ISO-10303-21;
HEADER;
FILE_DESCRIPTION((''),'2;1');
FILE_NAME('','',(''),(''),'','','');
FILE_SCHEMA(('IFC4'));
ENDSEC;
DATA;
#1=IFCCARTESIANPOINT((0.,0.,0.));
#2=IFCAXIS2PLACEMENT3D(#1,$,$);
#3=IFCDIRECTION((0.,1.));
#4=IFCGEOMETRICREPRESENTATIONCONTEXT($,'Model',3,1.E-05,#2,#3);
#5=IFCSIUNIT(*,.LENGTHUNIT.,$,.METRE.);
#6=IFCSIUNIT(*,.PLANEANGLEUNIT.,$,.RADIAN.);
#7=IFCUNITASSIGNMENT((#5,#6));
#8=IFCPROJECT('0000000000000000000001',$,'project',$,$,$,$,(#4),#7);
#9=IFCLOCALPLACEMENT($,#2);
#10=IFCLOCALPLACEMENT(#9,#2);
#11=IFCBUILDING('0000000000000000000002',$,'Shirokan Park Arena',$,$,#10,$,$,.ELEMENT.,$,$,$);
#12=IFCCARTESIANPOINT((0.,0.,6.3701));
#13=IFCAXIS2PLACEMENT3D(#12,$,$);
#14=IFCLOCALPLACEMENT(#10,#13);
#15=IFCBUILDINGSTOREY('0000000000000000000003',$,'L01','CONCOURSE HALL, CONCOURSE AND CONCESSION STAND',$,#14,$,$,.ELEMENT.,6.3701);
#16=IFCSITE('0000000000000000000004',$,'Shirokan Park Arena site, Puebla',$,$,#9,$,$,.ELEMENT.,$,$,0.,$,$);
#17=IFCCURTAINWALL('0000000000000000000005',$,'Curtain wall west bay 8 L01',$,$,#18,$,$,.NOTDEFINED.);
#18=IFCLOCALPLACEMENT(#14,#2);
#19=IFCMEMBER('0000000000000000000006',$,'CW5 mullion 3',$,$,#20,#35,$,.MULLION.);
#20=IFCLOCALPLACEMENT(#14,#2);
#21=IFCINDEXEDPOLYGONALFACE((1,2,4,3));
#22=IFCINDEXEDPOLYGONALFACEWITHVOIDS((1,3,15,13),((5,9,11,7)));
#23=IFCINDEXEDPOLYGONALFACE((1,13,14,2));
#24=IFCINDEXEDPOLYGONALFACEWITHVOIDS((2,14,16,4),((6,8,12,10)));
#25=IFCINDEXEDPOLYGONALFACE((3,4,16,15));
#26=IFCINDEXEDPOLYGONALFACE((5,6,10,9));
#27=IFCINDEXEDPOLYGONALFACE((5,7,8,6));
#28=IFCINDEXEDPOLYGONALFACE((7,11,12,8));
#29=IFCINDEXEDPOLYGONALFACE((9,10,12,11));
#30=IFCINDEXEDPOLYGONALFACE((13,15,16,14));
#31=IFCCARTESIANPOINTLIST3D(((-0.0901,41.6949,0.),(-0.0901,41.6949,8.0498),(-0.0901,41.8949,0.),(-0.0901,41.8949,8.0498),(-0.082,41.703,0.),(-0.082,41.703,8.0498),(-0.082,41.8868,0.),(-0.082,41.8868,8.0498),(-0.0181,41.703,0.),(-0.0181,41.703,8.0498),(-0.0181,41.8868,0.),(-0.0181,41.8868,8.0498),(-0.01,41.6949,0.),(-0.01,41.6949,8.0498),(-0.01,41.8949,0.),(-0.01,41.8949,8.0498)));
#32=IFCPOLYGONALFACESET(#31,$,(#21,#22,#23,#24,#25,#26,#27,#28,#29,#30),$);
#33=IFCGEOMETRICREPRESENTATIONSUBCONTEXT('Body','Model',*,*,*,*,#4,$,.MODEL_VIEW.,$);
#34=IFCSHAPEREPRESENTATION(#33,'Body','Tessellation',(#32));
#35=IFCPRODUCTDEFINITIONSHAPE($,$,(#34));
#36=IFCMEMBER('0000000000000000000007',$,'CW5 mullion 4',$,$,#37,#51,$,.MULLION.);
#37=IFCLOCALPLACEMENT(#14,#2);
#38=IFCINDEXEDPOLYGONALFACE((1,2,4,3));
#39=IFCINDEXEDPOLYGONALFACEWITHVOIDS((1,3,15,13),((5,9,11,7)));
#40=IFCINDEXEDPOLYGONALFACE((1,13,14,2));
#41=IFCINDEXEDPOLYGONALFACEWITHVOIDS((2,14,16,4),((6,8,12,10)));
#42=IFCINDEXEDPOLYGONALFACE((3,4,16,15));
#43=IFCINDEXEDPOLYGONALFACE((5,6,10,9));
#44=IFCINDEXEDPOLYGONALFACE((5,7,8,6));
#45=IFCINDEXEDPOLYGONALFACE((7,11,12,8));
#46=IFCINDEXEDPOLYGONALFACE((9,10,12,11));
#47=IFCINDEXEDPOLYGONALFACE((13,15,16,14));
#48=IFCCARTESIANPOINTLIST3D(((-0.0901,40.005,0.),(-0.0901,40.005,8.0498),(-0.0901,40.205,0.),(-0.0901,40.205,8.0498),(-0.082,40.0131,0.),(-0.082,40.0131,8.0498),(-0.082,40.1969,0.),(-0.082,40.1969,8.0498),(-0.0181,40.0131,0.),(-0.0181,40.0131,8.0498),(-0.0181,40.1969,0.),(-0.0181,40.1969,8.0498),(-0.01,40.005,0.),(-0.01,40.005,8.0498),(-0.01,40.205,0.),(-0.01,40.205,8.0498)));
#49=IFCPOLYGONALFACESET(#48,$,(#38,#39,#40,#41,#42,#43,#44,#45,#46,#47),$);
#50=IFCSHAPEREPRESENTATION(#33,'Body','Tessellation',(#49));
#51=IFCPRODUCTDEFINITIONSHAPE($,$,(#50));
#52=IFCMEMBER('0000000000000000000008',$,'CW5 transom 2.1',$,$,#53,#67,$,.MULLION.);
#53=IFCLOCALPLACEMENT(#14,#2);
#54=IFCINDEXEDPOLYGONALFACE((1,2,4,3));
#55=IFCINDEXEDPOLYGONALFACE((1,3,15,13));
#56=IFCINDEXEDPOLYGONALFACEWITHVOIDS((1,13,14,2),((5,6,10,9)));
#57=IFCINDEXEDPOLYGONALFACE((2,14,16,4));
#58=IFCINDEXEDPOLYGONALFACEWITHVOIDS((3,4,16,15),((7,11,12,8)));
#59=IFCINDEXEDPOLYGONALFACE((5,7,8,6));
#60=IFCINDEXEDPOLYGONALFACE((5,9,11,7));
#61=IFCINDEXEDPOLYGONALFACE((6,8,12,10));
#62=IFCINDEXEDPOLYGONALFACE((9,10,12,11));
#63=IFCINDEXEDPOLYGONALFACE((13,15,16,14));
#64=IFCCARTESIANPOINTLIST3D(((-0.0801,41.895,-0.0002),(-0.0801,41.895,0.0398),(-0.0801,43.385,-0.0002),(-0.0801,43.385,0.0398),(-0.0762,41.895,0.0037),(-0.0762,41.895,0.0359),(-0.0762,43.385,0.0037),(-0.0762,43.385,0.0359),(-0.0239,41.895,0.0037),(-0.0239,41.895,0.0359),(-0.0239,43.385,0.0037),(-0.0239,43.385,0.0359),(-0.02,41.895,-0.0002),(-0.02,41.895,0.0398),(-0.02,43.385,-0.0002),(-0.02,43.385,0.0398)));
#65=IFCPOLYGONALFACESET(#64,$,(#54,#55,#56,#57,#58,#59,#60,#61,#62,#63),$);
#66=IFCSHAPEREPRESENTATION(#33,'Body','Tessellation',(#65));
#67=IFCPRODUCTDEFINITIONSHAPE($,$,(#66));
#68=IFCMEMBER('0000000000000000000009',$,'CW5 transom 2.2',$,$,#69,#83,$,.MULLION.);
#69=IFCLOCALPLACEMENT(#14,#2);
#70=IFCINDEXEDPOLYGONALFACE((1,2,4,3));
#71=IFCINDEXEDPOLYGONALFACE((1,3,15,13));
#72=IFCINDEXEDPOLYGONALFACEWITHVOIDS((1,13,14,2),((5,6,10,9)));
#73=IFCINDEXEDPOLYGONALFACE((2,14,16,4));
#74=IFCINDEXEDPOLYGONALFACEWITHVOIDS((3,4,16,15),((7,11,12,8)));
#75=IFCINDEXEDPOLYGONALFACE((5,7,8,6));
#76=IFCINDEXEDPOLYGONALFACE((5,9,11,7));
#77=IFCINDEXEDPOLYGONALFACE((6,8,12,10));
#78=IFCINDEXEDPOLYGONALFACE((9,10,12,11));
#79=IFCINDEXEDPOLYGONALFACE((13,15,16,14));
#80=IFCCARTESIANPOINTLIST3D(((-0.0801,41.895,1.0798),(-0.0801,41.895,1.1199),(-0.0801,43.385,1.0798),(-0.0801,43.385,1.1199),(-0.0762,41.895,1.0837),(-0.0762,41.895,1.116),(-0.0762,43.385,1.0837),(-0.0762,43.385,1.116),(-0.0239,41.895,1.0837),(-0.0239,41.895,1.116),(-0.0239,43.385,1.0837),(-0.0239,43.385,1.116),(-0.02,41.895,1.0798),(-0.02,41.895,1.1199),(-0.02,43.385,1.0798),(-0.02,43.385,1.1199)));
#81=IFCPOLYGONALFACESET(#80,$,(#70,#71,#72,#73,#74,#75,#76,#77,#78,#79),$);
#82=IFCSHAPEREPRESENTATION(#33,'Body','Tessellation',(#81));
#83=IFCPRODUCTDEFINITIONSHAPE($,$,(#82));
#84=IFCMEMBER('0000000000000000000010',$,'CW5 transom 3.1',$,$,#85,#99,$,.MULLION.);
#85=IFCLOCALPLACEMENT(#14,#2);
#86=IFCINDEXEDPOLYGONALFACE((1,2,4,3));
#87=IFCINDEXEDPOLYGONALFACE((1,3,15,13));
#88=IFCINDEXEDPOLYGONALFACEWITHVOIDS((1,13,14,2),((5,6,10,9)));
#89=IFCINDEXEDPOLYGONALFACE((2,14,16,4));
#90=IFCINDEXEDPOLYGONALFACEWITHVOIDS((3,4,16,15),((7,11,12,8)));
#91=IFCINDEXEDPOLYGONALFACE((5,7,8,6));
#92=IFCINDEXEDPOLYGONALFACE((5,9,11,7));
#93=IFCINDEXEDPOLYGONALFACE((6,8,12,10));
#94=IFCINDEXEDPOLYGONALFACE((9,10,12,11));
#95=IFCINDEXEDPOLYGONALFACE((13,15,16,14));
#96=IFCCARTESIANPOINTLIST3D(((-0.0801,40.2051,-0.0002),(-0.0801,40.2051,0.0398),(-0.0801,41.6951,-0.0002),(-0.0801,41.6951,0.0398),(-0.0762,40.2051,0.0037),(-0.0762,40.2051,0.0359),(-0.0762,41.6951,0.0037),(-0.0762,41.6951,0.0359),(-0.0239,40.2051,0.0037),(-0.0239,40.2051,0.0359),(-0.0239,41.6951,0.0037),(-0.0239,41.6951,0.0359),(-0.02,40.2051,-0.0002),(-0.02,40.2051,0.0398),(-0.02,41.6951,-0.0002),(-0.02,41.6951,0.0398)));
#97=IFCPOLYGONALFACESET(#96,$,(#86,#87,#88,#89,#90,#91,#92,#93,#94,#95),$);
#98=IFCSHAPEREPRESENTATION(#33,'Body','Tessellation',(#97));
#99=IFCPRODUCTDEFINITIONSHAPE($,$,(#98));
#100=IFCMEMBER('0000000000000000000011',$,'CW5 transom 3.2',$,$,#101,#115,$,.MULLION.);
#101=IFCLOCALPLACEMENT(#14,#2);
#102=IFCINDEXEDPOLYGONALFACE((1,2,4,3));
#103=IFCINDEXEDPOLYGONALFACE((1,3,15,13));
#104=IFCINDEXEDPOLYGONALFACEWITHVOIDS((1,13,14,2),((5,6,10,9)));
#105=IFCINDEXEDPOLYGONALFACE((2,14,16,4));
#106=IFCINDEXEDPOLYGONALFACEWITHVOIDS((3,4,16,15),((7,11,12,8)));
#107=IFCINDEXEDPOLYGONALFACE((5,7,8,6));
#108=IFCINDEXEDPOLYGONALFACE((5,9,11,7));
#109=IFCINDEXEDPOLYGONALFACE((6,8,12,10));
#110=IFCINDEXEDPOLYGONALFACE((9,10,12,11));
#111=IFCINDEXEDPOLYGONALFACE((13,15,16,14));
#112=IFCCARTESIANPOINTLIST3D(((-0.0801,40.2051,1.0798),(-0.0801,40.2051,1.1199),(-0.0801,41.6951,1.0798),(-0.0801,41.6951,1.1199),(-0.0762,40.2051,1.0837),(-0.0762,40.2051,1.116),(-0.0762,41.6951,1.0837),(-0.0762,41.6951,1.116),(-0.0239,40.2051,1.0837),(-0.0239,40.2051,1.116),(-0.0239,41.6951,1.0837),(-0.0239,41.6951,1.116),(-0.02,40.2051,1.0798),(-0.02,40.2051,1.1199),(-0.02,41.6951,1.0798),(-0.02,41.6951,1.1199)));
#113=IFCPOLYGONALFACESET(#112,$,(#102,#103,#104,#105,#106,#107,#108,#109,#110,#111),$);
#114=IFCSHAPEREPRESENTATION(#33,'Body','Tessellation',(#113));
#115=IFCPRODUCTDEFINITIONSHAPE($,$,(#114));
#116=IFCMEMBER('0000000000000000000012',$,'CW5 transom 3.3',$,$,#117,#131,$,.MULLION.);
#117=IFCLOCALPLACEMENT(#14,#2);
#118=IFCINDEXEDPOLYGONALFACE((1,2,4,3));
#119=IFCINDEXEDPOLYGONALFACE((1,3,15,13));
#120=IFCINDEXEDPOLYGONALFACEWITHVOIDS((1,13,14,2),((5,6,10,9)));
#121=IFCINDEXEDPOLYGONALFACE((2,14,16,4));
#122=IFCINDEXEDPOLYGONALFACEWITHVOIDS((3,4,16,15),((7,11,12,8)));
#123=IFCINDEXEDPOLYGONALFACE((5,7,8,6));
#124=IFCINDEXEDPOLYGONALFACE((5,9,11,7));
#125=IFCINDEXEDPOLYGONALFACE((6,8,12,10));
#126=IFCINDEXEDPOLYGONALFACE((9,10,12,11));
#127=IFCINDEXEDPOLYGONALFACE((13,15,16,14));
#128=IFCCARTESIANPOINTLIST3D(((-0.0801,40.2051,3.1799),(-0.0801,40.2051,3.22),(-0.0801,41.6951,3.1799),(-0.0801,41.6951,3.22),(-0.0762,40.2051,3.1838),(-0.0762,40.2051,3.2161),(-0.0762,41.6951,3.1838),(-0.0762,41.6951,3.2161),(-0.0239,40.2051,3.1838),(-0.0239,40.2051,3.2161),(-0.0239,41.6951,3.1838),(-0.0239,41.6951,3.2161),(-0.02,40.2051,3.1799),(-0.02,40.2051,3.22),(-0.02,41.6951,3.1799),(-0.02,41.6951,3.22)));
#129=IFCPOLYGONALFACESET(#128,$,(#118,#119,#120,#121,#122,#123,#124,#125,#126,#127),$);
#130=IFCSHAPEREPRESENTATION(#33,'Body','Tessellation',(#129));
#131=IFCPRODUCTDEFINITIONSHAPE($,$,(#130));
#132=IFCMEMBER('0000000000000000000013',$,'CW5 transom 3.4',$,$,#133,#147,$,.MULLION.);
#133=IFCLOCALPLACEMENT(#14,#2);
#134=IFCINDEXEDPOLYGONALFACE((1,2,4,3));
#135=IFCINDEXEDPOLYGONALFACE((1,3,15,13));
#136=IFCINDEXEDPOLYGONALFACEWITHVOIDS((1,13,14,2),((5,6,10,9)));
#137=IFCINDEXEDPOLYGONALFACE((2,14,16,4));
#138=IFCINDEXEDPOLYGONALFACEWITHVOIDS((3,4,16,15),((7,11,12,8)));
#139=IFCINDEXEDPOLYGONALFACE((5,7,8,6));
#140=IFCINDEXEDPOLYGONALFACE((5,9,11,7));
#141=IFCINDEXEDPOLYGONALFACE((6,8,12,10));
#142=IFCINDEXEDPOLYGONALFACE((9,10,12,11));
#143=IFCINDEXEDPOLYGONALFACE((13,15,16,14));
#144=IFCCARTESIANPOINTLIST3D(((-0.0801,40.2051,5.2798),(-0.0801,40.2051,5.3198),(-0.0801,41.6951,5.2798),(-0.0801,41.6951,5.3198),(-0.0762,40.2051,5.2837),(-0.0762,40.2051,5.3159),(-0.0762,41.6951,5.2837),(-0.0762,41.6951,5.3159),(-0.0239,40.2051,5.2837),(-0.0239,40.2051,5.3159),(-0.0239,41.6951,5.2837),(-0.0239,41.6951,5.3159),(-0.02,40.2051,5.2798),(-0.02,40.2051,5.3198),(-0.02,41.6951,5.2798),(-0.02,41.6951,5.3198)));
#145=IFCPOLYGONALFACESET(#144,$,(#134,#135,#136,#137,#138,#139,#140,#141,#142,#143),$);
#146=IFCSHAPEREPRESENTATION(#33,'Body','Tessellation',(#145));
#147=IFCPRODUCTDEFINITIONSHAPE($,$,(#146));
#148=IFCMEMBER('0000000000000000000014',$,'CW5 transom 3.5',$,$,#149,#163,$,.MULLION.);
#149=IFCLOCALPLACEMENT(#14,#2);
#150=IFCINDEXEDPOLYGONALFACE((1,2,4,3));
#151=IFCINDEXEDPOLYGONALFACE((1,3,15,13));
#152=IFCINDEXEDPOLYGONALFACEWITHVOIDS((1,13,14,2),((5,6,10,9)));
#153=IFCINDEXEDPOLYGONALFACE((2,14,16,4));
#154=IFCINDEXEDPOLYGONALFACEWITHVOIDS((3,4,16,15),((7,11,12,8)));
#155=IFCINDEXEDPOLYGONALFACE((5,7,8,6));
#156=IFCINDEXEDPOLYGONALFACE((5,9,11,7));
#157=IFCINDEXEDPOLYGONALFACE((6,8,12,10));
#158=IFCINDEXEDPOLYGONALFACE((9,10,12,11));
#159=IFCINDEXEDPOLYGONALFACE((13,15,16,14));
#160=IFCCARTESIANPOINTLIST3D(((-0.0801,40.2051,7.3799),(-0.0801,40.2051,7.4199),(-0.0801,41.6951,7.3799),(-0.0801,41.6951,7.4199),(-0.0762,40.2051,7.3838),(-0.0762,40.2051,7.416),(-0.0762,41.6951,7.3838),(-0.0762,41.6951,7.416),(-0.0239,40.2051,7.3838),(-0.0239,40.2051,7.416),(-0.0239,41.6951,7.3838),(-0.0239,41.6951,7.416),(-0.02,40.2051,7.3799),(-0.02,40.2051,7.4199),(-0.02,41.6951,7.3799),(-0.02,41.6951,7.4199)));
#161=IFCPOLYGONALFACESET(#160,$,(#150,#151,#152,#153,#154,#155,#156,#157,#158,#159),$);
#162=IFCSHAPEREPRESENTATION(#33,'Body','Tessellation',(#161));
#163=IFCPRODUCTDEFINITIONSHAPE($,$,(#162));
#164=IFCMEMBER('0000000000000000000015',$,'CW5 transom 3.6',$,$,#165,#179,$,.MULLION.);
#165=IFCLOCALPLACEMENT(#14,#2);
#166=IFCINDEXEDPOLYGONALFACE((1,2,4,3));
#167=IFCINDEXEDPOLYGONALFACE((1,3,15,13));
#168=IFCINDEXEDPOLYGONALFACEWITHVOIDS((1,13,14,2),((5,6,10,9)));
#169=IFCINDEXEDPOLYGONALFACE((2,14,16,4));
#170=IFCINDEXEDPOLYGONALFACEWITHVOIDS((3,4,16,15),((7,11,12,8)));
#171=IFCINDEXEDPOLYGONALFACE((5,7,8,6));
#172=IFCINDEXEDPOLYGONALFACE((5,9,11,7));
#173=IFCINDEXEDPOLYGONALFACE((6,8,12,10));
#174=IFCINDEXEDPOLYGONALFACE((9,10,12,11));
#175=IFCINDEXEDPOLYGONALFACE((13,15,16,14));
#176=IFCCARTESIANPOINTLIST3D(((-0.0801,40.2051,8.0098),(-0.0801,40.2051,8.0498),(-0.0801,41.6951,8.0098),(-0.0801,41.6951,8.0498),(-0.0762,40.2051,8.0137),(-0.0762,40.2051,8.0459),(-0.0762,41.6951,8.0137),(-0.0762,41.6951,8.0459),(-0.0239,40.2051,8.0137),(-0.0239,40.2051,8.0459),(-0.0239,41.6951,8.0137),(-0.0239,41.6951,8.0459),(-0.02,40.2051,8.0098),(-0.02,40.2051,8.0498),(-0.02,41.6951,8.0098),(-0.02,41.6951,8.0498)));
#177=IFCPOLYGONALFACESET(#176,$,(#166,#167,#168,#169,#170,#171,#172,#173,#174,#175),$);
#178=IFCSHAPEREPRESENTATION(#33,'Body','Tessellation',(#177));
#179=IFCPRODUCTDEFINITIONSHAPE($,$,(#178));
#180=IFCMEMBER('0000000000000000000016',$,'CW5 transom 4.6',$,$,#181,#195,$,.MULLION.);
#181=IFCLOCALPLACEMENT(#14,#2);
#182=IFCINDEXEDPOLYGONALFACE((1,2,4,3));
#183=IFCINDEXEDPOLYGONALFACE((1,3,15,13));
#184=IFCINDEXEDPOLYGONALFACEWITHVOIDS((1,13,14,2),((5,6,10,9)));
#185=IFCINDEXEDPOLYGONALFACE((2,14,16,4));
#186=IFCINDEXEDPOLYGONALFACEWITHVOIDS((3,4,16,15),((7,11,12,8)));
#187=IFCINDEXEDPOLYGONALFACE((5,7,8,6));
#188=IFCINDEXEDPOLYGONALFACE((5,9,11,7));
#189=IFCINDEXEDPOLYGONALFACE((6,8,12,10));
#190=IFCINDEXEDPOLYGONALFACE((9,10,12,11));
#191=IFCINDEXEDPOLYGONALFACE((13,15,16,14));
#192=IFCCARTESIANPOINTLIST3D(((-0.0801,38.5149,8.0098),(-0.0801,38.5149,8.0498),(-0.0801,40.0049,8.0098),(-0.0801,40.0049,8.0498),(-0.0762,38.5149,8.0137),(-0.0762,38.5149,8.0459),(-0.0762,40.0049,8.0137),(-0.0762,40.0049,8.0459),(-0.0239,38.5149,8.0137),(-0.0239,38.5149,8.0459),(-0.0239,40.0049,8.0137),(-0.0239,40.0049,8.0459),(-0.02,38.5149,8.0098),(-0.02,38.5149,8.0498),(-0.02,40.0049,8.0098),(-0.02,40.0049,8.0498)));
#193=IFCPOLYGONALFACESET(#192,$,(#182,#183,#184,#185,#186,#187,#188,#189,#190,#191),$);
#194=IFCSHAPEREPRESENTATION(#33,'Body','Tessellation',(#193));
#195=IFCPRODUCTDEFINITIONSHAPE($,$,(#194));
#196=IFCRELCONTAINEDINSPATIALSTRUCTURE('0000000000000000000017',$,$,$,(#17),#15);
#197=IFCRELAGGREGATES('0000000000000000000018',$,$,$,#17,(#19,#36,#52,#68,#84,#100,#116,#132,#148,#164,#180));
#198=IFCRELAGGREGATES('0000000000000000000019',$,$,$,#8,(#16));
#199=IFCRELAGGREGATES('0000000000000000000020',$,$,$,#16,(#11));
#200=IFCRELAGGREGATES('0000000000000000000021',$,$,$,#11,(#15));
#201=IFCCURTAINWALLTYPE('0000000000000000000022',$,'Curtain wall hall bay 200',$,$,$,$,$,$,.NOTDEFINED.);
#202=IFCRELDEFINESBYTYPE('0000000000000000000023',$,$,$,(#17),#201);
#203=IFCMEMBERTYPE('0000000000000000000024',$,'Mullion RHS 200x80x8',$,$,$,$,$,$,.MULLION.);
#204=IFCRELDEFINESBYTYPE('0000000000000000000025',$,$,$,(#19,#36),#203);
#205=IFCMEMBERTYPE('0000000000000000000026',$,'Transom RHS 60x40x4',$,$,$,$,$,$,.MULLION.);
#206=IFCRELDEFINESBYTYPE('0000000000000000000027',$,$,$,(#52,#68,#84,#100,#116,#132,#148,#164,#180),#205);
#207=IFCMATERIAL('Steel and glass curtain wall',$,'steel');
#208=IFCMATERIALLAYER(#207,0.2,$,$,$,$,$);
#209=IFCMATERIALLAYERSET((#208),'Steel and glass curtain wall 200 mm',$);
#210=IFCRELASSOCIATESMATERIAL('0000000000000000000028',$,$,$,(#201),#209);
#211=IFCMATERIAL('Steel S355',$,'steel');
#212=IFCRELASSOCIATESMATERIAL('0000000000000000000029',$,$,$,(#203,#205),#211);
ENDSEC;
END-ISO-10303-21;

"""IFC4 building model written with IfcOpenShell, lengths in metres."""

from ifc_helpers import new_model, si_unit, direction, frame, origin, origin_2d, place, context, subcontext, project, spatial, hollow_rectangle, extrude, material, layer, layer_set, material_profile, profile_set, type_object, element, aggregate, save


model = new_model("IFC4")

# Units and contexts
model_context = context("Model", 3, precision=1e-05, world=origin(), true_north=direction((0.0, 1.0)))
body_context = subcontext(model_context, "Body", "Model", "MODEL_VIEW")
ifc_project = project(units=[si_unit("LENGTHUNIT", "METRE"), si_unit("PLANEANGLEUNIT", "RADIAN")], contexts=[model_context])

# Site, building, storey
site_placement = place(None, origin())
site = spatial("IfcSite", under=ifc_project, at=site_placement, Name="Shirokan Park Arena site, Puebla", CompositionType="ELEMENT", RefElevation=0.0)
building_placement = place(site_placement, origin())
building = spatial("IfcBuilding", under=site, at=building_placement, Name="Shirokan Park Arena", CompositionType="ELEMENT")
storey_placement = place(building_placement, frame((0.0, 0.0, 6.3701)))
storey = spatial("IfcBuildingStorey", under=building, at=storey_placement, Name="L01", Description="CONCOURSE HALL, CONCOURSE AND CONCESSION STAND", CompositionType="ELEMENT", Elevation=6.3701)

# Curtain wall, members
ifc_material_1 = material(Name="Steel and glass curtain wall", Category="steel")
ifc_layer_1 = layer(ifc_material_1, 0.2)
ifc_layer_set_1 = layer_set([ifc_layer_1], Name="Steel and glass curtain wall 200 mm")
curtain_wall_type = type_object("IfcCurtainWallType", Name="Curtain wall hall bay 200", PredefinedType="NOTDEFINED", material=ifc_layer_set_1)
curtain_wall_placement = place(storey_placement, origin())
curtain_wall = element("IfcCurtainWall", 1, at=curtain_wall_placement, inside=storey, type_object=curtain_wall_type, Name="Curtain wall west bay 8 L01", PredefinedType="NOTDEFINED")
ifc_material_2 = material(Name="Steel S355", Category="steel")
ifc_material_profile_1 = material_profile(ifc_material_2, hollow_rectangle(XDim=0.0801, YDim=0.2, WallThickness=0.0081, at=origin_2d()), Name="RHS 200x80x8")
ifc_profile_set_1 = profile_set([ifc_material_profile_1], Name="Steel S355")
member_type_1 = type_object("IfcMemberType", Name="Mullion RHS 200x80x8", PredefinedType="MULLION", material=ifc_profile_set_1)
member_1_placement = place(storey_placement, frame((-0.05, 41.7949, 0.0), z_axis=(0.0, 0.0, 1.0), x_axis=(1.0, 0.0, 0.0)))
member_1 = element("IfcMember", 2, at=member_1_placement, type_object=member_type_1, Name="CW5 mullion 3", PredefinedType="MULLION", context=body_context, shape_type="SweptSolid", body=[
    extrude(hollow_rectangle(XDim=0.0801, YDim=0.2, WallThickness=0.0081, at=origin_2d()), origin(), (0.0, 0.0, 1.0), 8.0498),
])
member_2_placement = place(storey_placement, frame((-0.05, 40.105, 0.0), z_axis=(0.0, 0.0, 1.0), x_axis=(1.0, 0.0, 0.0)))
member_2 = element("IfcMember", 3, at=member_2_placement, type_object=member_type_1, Name="CW5 mullion 4", PredefinedType="MULLION", context=body_context, shape_type="SweptSolid", body=[
    extrude(hollow_rectangle(XDim=0.0801, YDim=0.2, WallThickness=0.0081, at=origin_2d()), origin(), (0.0, 0.0, 1.0), 8.0498),
])
ifc_material_profile_2 = material_profile(ifc_material_2, hollow_rectangle(XDim=0.0601, YDim=0.04, WallThickness=0.0039, at=origin_2d()), Name="RHS 60x40x4")
ifc_profile_set_2 = profile_set([ifc_material_profile_2], Name="Steel S355")
member_type_2 = type_object("IfcMemberType", Name="Transom RHS 60x40x4", PredefinedType="MULLION", material=ifc_profile_set_2)
member_3_placement = place(storey_placement, frame((-0.05, 43.385, 0.0198), z_axis=(0.0, -1.0, 0.0), x_axis=(1.0, 0.0, 0.0)))
member_3 = element("IfcMember", 4, at=member_3_placement, type_object=member_type_2, Name="CW5 transom 2.1", PredefinedType="MULLION", context=body_context, shape_type="SweptSolid", body=[
    extrude(hollow_rectangle(XDim=0.0601, YDim=0.04, WallThickness=0.0039, at=origin_2d()), origin(), (0.0, 0.0, 1.0), 1.49),
])
member_4_placement = place(storey_placement, frame((-0.05, 43.385, 1.0999), z_axis=(0.0, -1.0, 0.0), x_axis=(1.0, 0.0, 0.0)))
member_4 = element("IfcMember", 5, at=member_4_placement, type_object=member_type_2, Name="CW5 transom 2.2", PredefinedType="MULLION", context=body_context, shape_type="SweptSolid", body=[
    extrude(hollow_rectangle(XDim=0.0601, YDim=0.04, WallThickness=0.0039, at=origin_2d()), origin(), (0.0, 0.0, 1.0), 1.49),
])
member_5_placement = place(storey_placement, frame((-0.05, 41.6951, 0.0198), z_axis=(0.0, -1.0, 0.0), x_axis=(1.0, 0.0, 0.0)))
member_5 = element("IfcMember", 6, at=member_5_placement, type_object=member_type_2, Name="CW5 transom 3.1", PredefinedType="MULLION", context=body_context, shape_type="SweptSolid", body=[
    extrude(hollow_rectangle(XDim=0.0601, YDim=0.04, WallThickness=0.0039, at=origin_2d()), origin(), (0.0, 0.0, 1.0), 1.49),
])
member_6_placement = place(storey_placement, frame((-0.05, 41.6951, 1.0999), z_axis=(0.0, -1.0, 0.0), x_axis=(1.0, 0.0, 0.0)))
member_6 = element("IfcMember", 7, at=member_6_placement, type_object=member_type_2, Name="CW5 transom 3.2", PredefinedType="MULLION", context=body_context, shape_type="SweptSolid", body=[
    extrude(hollow_rectangle(XDim=0.0601, YDim=0.04, WallThickness=0.0039, at=origin_2d()), origin(), (0.0, 0.0, 1.0), 1.49),
])
member_7_placement = place(storey_placement, frame((-0.05, 41.6951, 3.2), z_axis=(0.0, -1.0, 0.0), x_axis=(1.0, 0.0, 0.0)))
member_7 = element("IfcMember", 8, at=member_7_placement, type_object=member_type_2, Name="CW5 transom 3.3", PredefinedType="MULLION", context=body_context, shape_type="SweptSolid", body=[
    extrude(hollow_rectangle(XDim=0.0601, YDim=0.04, WallThickness=0.0039, at=origin_2d()), origin(), (0.0, 0.0, 1.0), 1.49),
])
member_8_placement = place(storey_placement, frame((-0.05, 41.6951, 5.2998), z_axis=(0.0, -1.0, 0.0), x_axis=(1.0, 0.0, 0.0)))
member_8 = element("IfcMember", 9, at=member_8_placement, type_object=member_type_2, Name="CW5 transom 3.4", PredefinedType="MULLION", context=body_context, shape_type="SweptSolid", body=[
    extrude(hollow_rectangle(XDim=0.0601, YDim=0.04, WallThickness=0.0039, at=origin_2d()), origin(), (0.0, 0.0, 1.0), 1.49),
])
member_9_placement = place(storey_placement, frame((-0.05, 41.6951, 7.3999), z_axis=(0.0, -1.0, 0.0), x_axis=(1.0, 0.0, 0.0)))
member_9 = element("IfcMember", 10, at=member_9_placement, type_object=member_type_2, Name="CW5 transom 3.5", PredefinedType="MULLION", context=body_context, shape_type="SweptSolid", body=[
    extrude(hollow_rectangle(XDim=0.0601, YDim=0.04, WallThickness=0.0039, at=origin_2d()), origin(), (0.0, 0.0, 1.0), 1.49),
])
member_10_placement = place(storey_placement, frame((-0.05, 41.6951, 8.0298), z_axis=(0.0, -1.0, 0.0), x_axis=(1.0, 0.0, 0.0)))
member_10 = element("IfcMember", 11, at=member_10_placement, type_object=member_type_2, Name="CW5 transom 3.6", PredefinedType="MULLION", context=body_context, shape_type="SweptSolid", body=[
    extrude(hollow_rectangle(XDim=0.0601, YDim=0.04, WallThickness=0.0039, at=origin_2d()), origin(), (0.0, 0.0, 1.0), 1.49),
])
member_11_placement = place(storey_placement, frame((-0.05, 40.0049, 8.0298), z_axis=(0.0, -1.0, 0.0), x_axis=(1.0, 0.0, 0.0)))
member_11 = element("IfcMember", 12, at=member_11_placement, type_object=member_type_2, Name="CW5 transom 4.6", PredefinedType="MULLION", context=body_context, shape_type="SweptSolid", body=[
    extrude(hollow_rectangle(XDim=0.0601, YDim=0.04, WallThickness=0.0039, at=origin_2d()), origin(), (0.0, 0.0, 1.0), 1.49),
])
aggregate(curtain_wall, [member_1, member_2, member_3, member_4, member_5, member_6, member_7, member_8, member_9, member_10, member_11])

save(model, "model.ifc")
